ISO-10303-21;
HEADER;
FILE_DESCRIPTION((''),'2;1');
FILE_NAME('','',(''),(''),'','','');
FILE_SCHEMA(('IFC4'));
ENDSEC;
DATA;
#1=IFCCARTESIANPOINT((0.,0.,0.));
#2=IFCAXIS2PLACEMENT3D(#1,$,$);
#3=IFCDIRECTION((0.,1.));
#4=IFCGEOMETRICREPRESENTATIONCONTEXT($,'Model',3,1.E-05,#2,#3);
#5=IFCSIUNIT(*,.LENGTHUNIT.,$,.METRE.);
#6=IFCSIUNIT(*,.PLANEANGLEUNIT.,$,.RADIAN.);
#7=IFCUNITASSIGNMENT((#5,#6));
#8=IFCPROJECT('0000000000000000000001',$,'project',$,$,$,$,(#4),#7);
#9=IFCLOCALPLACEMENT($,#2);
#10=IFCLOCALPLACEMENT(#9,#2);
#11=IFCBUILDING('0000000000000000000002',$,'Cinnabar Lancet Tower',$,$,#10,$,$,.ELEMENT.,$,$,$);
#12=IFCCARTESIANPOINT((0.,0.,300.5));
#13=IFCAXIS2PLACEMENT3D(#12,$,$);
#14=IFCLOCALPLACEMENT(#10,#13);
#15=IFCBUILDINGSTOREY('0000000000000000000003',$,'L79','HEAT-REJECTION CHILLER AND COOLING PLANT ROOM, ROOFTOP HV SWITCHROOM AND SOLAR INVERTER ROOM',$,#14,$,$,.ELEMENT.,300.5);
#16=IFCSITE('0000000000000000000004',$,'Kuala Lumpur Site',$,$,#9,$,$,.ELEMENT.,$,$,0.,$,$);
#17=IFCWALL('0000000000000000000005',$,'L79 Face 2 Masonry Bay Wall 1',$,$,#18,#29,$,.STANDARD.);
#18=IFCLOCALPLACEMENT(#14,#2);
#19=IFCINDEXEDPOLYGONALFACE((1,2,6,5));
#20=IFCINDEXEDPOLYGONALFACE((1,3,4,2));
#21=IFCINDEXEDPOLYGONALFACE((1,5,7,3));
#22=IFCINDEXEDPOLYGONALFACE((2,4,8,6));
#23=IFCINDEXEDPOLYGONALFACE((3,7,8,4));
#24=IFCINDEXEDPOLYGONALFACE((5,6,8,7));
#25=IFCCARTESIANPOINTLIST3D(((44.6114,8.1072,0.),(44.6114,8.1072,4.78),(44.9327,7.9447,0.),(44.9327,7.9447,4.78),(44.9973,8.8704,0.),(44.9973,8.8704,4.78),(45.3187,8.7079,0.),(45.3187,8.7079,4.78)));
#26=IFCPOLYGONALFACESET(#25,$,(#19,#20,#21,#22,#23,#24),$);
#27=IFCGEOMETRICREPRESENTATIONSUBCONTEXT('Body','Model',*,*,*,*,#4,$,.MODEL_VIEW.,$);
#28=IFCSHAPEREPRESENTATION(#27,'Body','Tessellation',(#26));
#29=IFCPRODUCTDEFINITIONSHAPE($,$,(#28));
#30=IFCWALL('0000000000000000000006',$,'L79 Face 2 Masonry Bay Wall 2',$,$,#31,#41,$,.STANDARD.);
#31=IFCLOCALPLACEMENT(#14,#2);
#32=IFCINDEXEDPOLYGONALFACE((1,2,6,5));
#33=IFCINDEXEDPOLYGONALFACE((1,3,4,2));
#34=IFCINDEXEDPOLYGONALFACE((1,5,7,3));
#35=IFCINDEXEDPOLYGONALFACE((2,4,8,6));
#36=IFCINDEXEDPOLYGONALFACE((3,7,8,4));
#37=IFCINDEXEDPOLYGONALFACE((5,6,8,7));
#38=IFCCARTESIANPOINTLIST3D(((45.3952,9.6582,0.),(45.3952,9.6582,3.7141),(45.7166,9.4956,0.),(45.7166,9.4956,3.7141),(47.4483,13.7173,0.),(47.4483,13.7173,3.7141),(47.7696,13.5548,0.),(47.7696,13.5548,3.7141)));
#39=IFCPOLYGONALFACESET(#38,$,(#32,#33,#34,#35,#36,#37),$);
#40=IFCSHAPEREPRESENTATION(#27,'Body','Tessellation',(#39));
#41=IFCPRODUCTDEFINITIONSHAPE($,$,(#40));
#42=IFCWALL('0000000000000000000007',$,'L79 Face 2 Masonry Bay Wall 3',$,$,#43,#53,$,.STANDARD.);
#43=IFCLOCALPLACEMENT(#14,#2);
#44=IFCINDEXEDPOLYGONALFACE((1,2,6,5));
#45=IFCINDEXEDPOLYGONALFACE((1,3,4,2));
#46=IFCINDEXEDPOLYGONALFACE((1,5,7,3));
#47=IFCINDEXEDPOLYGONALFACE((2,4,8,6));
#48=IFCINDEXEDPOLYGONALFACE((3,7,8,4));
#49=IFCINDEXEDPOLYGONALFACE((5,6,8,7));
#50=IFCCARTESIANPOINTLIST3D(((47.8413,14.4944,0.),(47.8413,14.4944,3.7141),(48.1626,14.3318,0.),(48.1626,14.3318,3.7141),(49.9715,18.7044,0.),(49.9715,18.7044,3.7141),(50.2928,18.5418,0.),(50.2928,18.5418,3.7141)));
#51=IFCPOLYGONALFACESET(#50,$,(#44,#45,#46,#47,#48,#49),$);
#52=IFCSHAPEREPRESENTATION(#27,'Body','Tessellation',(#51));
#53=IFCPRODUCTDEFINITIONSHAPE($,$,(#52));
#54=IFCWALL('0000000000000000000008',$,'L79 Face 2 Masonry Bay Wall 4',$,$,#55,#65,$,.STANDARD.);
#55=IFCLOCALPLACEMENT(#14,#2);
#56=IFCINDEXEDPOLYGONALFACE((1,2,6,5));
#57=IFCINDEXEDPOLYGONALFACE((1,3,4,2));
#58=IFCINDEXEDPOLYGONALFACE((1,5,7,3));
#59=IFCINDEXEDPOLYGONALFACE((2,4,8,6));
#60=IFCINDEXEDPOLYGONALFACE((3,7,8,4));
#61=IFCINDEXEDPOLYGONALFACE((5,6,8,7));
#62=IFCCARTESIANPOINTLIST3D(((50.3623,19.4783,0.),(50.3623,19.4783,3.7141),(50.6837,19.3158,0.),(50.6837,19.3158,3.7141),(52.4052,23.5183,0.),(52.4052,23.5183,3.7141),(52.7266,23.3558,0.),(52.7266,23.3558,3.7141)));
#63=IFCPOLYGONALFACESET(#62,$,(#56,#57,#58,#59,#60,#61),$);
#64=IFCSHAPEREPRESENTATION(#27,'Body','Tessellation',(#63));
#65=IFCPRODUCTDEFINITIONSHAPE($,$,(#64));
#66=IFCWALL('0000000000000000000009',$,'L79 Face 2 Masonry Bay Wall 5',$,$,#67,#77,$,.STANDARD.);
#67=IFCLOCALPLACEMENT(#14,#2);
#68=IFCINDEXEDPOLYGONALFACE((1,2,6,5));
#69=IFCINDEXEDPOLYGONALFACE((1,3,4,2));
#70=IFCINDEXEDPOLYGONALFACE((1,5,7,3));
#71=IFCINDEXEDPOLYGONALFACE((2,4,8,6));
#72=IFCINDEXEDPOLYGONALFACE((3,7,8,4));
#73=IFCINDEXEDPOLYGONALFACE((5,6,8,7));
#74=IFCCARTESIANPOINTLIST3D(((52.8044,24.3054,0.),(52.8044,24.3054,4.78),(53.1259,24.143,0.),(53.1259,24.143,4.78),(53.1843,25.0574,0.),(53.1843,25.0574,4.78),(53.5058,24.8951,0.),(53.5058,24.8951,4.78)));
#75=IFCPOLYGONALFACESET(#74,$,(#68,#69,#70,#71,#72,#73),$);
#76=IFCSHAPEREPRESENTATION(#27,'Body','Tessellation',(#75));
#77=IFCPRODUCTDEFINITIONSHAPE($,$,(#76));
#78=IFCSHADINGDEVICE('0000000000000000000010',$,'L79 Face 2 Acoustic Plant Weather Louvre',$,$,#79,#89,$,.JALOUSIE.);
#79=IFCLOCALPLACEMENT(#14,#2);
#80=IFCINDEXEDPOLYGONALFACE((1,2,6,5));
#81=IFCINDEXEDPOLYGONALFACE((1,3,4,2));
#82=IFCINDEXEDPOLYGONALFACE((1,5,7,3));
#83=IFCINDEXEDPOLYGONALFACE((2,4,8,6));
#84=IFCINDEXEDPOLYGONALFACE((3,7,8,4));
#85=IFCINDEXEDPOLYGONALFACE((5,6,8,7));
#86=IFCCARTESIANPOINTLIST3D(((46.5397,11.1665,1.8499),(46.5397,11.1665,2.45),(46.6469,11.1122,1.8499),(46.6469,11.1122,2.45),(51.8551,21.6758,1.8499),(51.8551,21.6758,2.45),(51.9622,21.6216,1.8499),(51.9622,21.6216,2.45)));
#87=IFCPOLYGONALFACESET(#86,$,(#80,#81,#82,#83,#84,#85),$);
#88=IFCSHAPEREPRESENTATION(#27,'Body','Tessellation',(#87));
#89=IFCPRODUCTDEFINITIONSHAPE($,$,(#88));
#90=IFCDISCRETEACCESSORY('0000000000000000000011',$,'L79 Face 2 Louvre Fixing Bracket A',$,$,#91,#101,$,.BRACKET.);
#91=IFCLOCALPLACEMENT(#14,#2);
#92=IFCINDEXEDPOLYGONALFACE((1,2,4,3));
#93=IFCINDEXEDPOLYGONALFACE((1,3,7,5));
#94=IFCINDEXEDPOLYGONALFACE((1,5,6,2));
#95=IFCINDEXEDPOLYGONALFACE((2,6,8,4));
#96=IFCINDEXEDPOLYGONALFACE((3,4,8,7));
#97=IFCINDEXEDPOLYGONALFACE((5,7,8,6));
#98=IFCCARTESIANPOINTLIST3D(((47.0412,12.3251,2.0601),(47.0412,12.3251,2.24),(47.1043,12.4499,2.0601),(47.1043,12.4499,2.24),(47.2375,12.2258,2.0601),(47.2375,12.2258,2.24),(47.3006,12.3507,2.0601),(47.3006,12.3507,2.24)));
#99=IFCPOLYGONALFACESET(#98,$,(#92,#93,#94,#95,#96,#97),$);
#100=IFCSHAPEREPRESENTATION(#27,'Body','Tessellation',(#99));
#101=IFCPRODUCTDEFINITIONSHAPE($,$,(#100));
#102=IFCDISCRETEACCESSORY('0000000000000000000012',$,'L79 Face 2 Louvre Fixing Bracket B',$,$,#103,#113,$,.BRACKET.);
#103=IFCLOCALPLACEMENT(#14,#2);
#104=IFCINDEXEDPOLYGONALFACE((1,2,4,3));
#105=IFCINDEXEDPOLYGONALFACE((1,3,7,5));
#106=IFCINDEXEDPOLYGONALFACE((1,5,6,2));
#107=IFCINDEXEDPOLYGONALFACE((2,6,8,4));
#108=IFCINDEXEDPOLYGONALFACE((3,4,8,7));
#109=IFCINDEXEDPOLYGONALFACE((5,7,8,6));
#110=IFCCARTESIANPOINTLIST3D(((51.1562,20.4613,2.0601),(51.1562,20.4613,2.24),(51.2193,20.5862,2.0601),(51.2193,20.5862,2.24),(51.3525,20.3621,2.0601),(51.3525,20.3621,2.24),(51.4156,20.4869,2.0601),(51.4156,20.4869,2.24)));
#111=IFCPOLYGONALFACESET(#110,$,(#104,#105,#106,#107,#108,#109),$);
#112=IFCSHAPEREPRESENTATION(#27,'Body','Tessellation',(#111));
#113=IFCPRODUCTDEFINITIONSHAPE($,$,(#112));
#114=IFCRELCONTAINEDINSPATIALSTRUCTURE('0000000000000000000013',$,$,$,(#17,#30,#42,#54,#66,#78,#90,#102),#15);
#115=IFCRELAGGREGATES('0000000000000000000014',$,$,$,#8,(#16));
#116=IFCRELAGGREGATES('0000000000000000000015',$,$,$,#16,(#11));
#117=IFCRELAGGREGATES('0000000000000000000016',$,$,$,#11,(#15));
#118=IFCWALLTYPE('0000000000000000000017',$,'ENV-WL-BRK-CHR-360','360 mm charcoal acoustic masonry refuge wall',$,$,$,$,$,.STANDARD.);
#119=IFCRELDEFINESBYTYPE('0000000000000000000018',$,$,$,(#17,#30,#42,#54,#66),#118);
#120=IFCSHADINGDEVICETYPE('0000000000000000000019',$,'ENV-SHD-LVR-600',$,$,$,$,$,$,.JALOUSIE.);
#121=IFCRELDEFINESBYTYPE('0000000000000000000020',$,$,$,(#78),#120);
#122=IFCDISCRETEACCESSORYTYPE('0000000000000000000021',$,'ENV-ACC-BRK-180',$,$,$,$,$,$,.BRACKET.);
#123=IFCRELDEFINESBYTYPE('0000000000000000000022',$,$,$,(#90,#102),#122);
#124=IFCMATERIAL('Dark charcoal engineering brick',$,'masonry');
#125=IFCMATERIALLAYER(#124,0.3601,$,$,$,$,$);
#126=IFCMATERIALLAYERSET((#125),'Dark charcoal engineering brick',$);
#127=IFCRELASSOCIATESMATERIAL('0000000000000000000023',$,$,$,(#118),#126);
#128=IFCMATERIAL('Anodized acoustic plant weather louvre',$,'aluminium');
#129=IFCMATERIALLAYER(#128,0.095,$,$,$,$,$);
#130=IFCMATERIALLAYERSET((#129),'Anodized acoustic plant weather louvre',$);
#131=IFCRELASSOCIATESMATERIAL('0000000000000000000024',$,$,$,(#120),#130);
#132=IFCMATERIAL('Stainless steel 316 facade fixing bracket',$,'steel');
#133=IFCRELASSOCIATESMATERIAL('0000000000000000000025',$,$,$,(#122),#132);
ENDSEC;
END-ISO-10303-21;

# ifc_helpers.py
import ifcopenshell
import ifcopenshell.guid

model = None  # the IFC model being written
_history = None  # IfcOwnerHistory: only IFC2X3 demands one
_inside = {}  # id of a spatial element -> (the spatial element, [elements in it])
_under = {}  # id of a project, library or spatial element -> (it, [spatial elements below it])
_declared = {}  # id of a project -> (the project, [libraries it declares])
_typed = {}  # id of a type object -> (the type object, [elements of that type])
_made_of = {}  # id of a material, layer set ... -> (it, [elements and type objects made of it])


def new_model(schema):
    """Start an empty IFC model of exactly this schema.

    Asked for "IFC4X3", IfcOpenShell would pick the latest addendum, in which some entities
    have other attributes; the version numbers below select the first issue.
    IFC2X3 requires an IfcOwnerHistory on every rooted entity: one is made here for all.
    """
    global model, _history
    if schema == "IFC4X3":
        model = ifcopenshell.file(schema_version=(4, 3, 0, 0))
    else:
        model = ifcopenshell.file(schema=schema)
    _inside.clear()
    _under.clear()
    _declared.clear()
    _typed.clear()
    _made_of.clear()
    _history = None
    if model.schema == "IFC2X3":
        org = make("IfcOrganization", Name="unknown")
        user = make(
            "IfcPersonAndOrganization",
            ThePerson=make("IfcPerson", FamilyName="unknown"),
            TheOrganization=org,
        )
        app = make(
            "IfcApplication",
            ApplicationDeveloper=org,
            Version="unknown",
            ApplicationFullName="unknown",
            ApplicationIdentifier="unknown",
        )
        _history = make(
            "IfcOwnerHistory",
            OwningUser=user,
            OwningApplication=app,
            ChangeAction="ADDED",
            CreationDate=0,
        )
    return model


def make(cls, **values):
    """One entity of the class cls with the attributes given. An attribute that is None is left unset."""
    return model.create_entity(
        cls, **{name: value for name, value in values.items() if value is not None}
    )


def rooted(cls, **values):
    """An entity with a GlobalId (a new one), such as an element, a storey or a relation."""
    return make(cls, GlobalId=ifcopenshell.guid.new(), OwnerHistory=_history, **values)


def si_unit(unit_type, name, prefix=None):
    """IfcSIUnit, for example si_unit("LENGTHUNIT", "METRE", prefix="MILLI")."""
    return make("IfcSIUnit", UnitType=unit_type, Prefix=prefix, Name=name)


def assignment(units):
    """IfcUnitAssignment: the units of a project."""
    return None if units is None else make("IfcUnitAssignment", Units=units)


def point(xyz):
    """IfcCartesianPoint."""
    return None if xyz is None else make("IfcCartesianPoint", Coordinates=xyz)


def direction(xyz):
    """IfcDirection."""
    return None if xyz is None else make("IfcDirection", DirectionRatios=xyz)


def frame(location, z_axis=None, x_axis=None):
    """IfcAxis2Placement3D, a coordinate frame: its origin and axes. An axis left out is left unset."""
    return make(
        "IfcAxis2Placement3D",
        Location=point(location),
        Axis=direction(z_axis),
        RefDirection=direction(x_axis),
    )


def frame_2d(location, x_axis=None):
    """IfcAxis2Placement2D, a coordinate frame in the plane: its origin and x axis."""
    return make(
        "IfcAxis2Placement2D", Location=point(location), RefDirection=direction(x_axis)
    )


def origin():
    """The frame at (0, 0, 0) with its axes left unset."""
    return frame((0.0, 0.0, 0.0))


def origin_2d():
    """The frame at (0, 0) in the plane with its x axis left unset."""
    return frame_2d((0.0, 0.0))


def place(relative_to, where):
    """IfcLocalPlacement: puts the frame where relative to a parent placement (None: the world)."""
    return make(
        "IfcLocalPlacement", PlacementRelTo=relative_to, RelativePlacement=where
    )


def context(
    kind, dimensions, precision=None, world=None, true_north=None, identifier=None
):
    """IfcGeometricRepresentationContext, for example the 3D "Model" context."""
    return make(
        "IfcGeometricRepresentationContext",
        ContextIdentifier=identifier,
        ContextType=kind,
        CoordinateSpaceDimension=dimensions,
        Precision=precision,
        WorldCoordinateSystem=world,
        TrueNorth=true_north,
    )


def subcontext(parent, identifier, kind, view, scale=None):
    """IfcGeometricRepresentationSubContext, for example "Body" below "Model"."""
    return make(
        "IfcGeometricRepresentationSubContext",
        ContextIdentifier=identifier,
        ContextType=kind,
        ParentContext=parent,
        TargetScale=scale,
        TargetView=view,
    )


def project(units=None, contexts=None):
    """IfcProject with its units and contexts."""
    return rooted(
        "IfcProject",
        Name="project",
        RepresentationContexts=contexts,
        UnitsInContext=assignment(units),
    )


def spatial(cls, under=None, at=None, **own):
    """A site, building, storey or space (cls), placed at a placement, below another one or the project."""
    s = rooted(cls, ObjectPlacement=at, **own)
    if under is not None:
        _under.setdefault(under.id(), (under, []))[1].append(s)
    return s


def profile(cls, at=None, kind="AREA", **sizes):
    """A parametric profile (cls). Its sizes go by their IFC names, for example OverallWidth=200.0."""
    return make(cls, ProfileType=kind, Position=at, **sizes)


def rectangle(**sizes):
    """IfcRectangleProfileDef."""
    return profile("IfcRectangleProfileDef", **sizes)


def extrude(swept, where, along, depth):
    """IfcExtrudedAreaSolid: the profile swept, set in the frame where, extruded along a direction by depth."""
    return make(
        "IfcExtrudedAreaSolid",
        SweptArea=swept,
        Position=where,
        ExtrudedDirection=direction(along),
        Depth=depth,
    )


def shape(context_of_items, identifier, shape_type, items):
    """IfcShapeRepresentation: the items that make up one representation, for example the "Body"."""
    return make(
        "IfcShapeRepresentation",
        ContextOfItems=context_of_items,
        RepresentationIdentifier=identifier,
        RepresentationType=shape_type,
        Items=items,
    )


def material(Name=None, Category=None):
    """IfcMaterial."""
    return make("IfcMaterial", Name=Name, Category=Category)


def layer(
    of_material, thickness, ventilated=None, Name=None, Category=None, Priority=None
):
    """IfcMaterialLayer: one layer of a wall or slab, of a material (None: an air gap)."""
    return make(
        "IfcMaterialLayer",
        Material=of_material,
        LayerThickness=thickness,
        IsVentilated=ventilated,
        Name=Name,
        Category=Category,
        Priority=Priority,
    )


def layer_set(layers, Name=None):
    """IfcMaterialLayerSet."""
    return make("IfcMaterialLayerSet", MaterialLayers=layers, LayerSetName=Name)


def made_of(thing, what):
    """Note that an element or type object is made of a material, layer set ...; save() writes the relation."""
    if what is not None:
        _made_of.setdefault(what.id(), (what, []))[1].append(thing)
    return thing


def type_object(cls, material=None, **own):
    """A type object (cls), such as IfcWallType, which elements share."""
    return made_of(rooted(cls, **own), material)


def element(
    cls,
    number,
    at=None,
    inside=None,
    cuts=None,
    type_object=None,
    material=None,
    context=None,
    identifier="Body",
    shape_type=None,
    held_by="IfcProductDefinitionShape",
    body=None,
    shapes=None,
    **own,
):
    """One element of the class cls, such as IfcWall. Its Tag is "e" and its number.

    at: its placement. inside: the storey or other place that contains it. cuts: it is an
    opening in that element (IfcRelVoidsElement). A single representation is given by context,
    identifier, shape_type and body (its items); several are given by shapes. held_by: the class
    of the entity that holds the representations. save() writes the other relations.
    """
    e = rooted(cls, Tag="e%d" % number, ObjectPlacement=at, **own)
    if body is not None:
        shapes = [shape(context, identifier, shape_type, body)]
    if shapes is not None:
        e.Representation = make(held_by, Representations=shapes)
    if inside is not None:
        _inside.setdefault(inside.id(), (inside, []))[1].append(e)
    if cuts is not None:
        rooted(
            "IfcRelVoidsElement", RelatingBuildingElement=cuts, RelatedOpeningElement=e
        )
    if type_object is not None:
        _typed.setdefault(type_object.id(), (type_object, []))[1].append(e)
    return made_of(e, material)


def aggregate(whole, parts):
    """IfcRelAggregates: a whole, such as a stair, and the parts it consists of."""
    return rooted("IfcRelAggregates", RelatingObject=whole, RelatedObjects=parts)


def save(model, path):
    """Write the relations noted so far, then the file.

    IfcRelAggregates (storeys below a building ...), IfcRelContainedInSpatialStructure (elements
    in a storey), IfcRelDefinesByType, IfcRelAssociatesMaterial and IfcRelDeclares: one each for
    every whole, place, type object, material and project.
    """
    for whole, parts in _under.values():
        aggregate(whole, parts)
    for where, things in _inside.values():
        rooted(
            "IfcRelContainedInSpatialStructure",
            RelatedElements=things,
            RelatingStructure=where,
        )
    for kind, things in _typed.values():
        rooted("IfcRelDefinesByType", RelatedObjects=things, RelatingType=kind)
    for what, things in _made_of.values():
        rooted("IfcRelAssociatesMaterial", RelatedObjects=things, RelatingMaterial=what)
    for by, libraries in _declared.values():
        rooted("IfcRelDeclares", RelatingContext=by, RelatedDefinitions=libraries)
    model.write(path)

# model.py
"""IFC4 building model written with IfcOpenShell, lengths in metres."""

from ifc_helpers import new_model, si_unit, direction, frame, frame_2d, origin, origin_2d, place, context, subcontext, project, spatial, rectangle, extrude, material, layer, layer_set, type_object, element, save


model = new_model("IFC4")

# Units and contexts
model_context = context("Model", 3, precision=1e-05, world=origin(), true_north=direction((0.0, 1.0)))
body_context = subcontext(model_context, "Body", "Model", "MODEL_VIEW")
ifc_project = project(units=[si_unit("LENGTHUNIT", "METRE"), si_unit("PLANEANGLEUNIT", "RADIAN")], contexts=[model_context])

# Site, building, storey
site_placement = place(None, origin())
site = spatial("IfcSite", under=ifc_project, at=site_placement, Name="Kuala Lumpur Site", CompositionType="ELEMENT", RefElevation=0.0)
building_placement = place(site_placement, origin())
building = spatial("IfcBuilding", under=site, at=building_placement, Name="Cinnabar Lancet Tower", CompositionType="ELEMENT")
storey_placement = place(building_placement, frame((0.0, 0.0, 300.5)))
storey = spatial("IfcBuildingStorey", under=building, at=storey_placement, Name="L79", Description="HEAT-REJECTION CHILLER AND COOLING PLANT ROOM, ROOFTOP HV SWITCHROOM AND SOLAR INVERTER ROOM", CompositionType="ELEMENT", Elevation=300.5)

# Walls
ifc_material_1 = material(Name="Dark charcoal engineering brick", Category="masonry")
ifc_layer_1 = layer(ifc_material_1, 0.3601)
ifc_layer_set_1 = layer_set([ifc_layer_1], Name="Dark charcoal engineering brick")
wall_type_1 = type_object("IfcWallType", Name="ENV-WL-BRK-CHR-360", Description="360 mm charcoal acoustic masonry refuge wall", PredefinedType="STANDARD", material=ifc_layer_set_1)
wall_1_placement = place(storey_placement, frame((44.772, 8.0259, 0.0), z_axis=(0.0, 0.0, 1.0), x_axis=(0.45132, 0.892362, 0.0)))
element("IfcWall", 1, at=wall_1_placement, inside=storey, type_object=wall_type_1, Name="L79 Face 2 Masonry Bay Wall 1", PredefinedType="STANDARD", context=body_context, shape_type="SweptSolid", body=[
    extrude(rectangle(XDim=0.8552, YDim=0.3601, at=frame_2d((0.4277, 0.0))), origin(), (0.0, 0.0, 1.0), 4.78),
])
wall_2_placement = place(storey_placement, frame((45.5559, 9.5769, 0.0), z_axis=(0.0, 0.0, 1.0), x_axis=(0.451331, 0.892357, 0.0)))
element("IfcWall", 2, at=wall_2_placement, inside=storey, type_object=wall_type_1, Name="L79 Face 2 Masonry Bay Wall 2", PredefinedType="STANDARD", context=body_context, shape_type="SweptSolid", body=[
    extrude(rectangle(XDim=4.5488, YDim=0.3601, at=frame_2d((2.2744, 0.0))), origin(), (0.0, 0.0, 1.0), 3.7141),
])
wall_3_placement = place(storey_placement, frame((48.002, 14.4131, 0.0), z_axis=(0.0, 0.0, 1.0), x_axis=(0.451472, 0.892285, 0.0)))
element("IfcWall", 3, at=wall_3_placement, inside=storey, type_object=wall_type_1, Name="L79 Face 2 Masonry Bay Wall 3", PredefinedType="STANDARD", context=body_context, shape_type="SweptSolid", body=[
    extrude(rectangle(XDim=4.7183, YDim=0.3601, at=frame_2d((2.3591, 0.0))), origin(), (0.0, 0.0, 1.0), 3.7141),
])
wall_4_placement = place(storey_placement, frame((50.5229, 19.397, 0.0), z_axis=(0.0, 0.0, 1.0), x_axis=(0.451264, 0.89239, 0.0)))
element("IfcWall", 4, at=wall_4_placement, inside=storey, type_object=wall_type_1, Name="L79 Face 2 Masonry Bay Wall 4", PredefinedType="STANDARD", context=body_context, shape_type="SweptSolid", body=[
    extrude(rectangle(XDim=4.5271, YDim=0.3601, at=frame_2d((2.2637, 0.0))), origin(), (0.0, 0.0, 1.0), 3.7141),
])
wall_5_placement = place(storey_placement, frame((52.9651, 24.2241, 0.0), z_axis=(0.0, 0.0, 1.0), x_axis=(0.450919, 0.892565, 0.0)))
element("IfcWall", 5, at=wall_5_placement, inside=storey, type_object=wall_type_1, Name="L79 Face 2 Masonry Bay Wall 5", PredefinedType="STANDARD", context=body_context, shape_type="SweptSolid", body=[
    extrude(rectangle(XDim=0.8425, YDim=0.3601, at=frame_2d((0.4214, 0.0))), origin(), (0.0, 0.0, 1.0), 4.78),
])

# Shading device
ifc_material_2 = material(Name="Anodized acoustic plant weather louvre", Category="aluminium")
ifc_layer_2 = layer(ifc_material_2, 0.095)
ifc_layer_set_2 = layer_set([ifc_layer_2], Name="Anodized acoustic plant weather louvre")
shading_device_type = type_object("IfcShadingDeviceType", Name="ENV-SHD-LVR-600", PredefinedType="JALOUSIE", material=ifc_layer_set_2)
shading_device_placement = place(storey_placement, frame((49.251, 16.394, 1.8499), z_axis=(0.0, 0.0, 1.0), x_axis=(0.451329, 0.892357, 0.0)))
element("IfcShadingDevice", 6, at=shading_device_placement, inside=storey, type_object=shading_device_type, Name="L79 Face 2 Acoustic Plant Weather Louvre", PredefinedType="JALOUSIE", context=body_context, shape_type="SweptSolid", body=[
    extrude(rectangle(XDim=11.7771, YDim=0.1201, at=origin_2d()), origin(), (0.0, 0.0, 1.0), 0.6001),
])

# Discrete accessories
ifc_material_3 = material(Name="Stainless steel 316 facade fixing bracket", Category="steel")
discrete_accessory_type = type_object("IfcDiscreteAccessoryType", Name="ENV-ACC-BRK-180", PredefinedType="BRACKET", material=ifc_material_3)
for number, where, z_axis, x_axis, name in (
    (7, (47.1709, 12.3379, 2.0601), (0.0, 0.0, 1.0), (0.451329, 0.892357, 0.0), "L79 Face 2 Louvre Fixing Bracket A"),
    (8, (51.2859, 20.4741, 2.0601), (0.0, 0.0, 1.0), (0.451329, 0.892357, 0.0), "L79 Face 2 Louvre Fixing Bracket B"),
):
    element("IfcDiscreteAccessory", number, at=place(storey_placement, frame(where, z_axis=z_axis, x_axis=x_axis)), inside=storey, type_object=discrete_accessory_type, Name=name, PredefinedType="BRACKET", context=body_context, shape_type="SweptSolid", body=[
        extrude(rectangle(XDim=0.1399, YDim=0.22, at=origin_2d()), origin(), (0.0, 0.0, 1.0), 0.1799),
    ])

save(model, "model.ifc")
